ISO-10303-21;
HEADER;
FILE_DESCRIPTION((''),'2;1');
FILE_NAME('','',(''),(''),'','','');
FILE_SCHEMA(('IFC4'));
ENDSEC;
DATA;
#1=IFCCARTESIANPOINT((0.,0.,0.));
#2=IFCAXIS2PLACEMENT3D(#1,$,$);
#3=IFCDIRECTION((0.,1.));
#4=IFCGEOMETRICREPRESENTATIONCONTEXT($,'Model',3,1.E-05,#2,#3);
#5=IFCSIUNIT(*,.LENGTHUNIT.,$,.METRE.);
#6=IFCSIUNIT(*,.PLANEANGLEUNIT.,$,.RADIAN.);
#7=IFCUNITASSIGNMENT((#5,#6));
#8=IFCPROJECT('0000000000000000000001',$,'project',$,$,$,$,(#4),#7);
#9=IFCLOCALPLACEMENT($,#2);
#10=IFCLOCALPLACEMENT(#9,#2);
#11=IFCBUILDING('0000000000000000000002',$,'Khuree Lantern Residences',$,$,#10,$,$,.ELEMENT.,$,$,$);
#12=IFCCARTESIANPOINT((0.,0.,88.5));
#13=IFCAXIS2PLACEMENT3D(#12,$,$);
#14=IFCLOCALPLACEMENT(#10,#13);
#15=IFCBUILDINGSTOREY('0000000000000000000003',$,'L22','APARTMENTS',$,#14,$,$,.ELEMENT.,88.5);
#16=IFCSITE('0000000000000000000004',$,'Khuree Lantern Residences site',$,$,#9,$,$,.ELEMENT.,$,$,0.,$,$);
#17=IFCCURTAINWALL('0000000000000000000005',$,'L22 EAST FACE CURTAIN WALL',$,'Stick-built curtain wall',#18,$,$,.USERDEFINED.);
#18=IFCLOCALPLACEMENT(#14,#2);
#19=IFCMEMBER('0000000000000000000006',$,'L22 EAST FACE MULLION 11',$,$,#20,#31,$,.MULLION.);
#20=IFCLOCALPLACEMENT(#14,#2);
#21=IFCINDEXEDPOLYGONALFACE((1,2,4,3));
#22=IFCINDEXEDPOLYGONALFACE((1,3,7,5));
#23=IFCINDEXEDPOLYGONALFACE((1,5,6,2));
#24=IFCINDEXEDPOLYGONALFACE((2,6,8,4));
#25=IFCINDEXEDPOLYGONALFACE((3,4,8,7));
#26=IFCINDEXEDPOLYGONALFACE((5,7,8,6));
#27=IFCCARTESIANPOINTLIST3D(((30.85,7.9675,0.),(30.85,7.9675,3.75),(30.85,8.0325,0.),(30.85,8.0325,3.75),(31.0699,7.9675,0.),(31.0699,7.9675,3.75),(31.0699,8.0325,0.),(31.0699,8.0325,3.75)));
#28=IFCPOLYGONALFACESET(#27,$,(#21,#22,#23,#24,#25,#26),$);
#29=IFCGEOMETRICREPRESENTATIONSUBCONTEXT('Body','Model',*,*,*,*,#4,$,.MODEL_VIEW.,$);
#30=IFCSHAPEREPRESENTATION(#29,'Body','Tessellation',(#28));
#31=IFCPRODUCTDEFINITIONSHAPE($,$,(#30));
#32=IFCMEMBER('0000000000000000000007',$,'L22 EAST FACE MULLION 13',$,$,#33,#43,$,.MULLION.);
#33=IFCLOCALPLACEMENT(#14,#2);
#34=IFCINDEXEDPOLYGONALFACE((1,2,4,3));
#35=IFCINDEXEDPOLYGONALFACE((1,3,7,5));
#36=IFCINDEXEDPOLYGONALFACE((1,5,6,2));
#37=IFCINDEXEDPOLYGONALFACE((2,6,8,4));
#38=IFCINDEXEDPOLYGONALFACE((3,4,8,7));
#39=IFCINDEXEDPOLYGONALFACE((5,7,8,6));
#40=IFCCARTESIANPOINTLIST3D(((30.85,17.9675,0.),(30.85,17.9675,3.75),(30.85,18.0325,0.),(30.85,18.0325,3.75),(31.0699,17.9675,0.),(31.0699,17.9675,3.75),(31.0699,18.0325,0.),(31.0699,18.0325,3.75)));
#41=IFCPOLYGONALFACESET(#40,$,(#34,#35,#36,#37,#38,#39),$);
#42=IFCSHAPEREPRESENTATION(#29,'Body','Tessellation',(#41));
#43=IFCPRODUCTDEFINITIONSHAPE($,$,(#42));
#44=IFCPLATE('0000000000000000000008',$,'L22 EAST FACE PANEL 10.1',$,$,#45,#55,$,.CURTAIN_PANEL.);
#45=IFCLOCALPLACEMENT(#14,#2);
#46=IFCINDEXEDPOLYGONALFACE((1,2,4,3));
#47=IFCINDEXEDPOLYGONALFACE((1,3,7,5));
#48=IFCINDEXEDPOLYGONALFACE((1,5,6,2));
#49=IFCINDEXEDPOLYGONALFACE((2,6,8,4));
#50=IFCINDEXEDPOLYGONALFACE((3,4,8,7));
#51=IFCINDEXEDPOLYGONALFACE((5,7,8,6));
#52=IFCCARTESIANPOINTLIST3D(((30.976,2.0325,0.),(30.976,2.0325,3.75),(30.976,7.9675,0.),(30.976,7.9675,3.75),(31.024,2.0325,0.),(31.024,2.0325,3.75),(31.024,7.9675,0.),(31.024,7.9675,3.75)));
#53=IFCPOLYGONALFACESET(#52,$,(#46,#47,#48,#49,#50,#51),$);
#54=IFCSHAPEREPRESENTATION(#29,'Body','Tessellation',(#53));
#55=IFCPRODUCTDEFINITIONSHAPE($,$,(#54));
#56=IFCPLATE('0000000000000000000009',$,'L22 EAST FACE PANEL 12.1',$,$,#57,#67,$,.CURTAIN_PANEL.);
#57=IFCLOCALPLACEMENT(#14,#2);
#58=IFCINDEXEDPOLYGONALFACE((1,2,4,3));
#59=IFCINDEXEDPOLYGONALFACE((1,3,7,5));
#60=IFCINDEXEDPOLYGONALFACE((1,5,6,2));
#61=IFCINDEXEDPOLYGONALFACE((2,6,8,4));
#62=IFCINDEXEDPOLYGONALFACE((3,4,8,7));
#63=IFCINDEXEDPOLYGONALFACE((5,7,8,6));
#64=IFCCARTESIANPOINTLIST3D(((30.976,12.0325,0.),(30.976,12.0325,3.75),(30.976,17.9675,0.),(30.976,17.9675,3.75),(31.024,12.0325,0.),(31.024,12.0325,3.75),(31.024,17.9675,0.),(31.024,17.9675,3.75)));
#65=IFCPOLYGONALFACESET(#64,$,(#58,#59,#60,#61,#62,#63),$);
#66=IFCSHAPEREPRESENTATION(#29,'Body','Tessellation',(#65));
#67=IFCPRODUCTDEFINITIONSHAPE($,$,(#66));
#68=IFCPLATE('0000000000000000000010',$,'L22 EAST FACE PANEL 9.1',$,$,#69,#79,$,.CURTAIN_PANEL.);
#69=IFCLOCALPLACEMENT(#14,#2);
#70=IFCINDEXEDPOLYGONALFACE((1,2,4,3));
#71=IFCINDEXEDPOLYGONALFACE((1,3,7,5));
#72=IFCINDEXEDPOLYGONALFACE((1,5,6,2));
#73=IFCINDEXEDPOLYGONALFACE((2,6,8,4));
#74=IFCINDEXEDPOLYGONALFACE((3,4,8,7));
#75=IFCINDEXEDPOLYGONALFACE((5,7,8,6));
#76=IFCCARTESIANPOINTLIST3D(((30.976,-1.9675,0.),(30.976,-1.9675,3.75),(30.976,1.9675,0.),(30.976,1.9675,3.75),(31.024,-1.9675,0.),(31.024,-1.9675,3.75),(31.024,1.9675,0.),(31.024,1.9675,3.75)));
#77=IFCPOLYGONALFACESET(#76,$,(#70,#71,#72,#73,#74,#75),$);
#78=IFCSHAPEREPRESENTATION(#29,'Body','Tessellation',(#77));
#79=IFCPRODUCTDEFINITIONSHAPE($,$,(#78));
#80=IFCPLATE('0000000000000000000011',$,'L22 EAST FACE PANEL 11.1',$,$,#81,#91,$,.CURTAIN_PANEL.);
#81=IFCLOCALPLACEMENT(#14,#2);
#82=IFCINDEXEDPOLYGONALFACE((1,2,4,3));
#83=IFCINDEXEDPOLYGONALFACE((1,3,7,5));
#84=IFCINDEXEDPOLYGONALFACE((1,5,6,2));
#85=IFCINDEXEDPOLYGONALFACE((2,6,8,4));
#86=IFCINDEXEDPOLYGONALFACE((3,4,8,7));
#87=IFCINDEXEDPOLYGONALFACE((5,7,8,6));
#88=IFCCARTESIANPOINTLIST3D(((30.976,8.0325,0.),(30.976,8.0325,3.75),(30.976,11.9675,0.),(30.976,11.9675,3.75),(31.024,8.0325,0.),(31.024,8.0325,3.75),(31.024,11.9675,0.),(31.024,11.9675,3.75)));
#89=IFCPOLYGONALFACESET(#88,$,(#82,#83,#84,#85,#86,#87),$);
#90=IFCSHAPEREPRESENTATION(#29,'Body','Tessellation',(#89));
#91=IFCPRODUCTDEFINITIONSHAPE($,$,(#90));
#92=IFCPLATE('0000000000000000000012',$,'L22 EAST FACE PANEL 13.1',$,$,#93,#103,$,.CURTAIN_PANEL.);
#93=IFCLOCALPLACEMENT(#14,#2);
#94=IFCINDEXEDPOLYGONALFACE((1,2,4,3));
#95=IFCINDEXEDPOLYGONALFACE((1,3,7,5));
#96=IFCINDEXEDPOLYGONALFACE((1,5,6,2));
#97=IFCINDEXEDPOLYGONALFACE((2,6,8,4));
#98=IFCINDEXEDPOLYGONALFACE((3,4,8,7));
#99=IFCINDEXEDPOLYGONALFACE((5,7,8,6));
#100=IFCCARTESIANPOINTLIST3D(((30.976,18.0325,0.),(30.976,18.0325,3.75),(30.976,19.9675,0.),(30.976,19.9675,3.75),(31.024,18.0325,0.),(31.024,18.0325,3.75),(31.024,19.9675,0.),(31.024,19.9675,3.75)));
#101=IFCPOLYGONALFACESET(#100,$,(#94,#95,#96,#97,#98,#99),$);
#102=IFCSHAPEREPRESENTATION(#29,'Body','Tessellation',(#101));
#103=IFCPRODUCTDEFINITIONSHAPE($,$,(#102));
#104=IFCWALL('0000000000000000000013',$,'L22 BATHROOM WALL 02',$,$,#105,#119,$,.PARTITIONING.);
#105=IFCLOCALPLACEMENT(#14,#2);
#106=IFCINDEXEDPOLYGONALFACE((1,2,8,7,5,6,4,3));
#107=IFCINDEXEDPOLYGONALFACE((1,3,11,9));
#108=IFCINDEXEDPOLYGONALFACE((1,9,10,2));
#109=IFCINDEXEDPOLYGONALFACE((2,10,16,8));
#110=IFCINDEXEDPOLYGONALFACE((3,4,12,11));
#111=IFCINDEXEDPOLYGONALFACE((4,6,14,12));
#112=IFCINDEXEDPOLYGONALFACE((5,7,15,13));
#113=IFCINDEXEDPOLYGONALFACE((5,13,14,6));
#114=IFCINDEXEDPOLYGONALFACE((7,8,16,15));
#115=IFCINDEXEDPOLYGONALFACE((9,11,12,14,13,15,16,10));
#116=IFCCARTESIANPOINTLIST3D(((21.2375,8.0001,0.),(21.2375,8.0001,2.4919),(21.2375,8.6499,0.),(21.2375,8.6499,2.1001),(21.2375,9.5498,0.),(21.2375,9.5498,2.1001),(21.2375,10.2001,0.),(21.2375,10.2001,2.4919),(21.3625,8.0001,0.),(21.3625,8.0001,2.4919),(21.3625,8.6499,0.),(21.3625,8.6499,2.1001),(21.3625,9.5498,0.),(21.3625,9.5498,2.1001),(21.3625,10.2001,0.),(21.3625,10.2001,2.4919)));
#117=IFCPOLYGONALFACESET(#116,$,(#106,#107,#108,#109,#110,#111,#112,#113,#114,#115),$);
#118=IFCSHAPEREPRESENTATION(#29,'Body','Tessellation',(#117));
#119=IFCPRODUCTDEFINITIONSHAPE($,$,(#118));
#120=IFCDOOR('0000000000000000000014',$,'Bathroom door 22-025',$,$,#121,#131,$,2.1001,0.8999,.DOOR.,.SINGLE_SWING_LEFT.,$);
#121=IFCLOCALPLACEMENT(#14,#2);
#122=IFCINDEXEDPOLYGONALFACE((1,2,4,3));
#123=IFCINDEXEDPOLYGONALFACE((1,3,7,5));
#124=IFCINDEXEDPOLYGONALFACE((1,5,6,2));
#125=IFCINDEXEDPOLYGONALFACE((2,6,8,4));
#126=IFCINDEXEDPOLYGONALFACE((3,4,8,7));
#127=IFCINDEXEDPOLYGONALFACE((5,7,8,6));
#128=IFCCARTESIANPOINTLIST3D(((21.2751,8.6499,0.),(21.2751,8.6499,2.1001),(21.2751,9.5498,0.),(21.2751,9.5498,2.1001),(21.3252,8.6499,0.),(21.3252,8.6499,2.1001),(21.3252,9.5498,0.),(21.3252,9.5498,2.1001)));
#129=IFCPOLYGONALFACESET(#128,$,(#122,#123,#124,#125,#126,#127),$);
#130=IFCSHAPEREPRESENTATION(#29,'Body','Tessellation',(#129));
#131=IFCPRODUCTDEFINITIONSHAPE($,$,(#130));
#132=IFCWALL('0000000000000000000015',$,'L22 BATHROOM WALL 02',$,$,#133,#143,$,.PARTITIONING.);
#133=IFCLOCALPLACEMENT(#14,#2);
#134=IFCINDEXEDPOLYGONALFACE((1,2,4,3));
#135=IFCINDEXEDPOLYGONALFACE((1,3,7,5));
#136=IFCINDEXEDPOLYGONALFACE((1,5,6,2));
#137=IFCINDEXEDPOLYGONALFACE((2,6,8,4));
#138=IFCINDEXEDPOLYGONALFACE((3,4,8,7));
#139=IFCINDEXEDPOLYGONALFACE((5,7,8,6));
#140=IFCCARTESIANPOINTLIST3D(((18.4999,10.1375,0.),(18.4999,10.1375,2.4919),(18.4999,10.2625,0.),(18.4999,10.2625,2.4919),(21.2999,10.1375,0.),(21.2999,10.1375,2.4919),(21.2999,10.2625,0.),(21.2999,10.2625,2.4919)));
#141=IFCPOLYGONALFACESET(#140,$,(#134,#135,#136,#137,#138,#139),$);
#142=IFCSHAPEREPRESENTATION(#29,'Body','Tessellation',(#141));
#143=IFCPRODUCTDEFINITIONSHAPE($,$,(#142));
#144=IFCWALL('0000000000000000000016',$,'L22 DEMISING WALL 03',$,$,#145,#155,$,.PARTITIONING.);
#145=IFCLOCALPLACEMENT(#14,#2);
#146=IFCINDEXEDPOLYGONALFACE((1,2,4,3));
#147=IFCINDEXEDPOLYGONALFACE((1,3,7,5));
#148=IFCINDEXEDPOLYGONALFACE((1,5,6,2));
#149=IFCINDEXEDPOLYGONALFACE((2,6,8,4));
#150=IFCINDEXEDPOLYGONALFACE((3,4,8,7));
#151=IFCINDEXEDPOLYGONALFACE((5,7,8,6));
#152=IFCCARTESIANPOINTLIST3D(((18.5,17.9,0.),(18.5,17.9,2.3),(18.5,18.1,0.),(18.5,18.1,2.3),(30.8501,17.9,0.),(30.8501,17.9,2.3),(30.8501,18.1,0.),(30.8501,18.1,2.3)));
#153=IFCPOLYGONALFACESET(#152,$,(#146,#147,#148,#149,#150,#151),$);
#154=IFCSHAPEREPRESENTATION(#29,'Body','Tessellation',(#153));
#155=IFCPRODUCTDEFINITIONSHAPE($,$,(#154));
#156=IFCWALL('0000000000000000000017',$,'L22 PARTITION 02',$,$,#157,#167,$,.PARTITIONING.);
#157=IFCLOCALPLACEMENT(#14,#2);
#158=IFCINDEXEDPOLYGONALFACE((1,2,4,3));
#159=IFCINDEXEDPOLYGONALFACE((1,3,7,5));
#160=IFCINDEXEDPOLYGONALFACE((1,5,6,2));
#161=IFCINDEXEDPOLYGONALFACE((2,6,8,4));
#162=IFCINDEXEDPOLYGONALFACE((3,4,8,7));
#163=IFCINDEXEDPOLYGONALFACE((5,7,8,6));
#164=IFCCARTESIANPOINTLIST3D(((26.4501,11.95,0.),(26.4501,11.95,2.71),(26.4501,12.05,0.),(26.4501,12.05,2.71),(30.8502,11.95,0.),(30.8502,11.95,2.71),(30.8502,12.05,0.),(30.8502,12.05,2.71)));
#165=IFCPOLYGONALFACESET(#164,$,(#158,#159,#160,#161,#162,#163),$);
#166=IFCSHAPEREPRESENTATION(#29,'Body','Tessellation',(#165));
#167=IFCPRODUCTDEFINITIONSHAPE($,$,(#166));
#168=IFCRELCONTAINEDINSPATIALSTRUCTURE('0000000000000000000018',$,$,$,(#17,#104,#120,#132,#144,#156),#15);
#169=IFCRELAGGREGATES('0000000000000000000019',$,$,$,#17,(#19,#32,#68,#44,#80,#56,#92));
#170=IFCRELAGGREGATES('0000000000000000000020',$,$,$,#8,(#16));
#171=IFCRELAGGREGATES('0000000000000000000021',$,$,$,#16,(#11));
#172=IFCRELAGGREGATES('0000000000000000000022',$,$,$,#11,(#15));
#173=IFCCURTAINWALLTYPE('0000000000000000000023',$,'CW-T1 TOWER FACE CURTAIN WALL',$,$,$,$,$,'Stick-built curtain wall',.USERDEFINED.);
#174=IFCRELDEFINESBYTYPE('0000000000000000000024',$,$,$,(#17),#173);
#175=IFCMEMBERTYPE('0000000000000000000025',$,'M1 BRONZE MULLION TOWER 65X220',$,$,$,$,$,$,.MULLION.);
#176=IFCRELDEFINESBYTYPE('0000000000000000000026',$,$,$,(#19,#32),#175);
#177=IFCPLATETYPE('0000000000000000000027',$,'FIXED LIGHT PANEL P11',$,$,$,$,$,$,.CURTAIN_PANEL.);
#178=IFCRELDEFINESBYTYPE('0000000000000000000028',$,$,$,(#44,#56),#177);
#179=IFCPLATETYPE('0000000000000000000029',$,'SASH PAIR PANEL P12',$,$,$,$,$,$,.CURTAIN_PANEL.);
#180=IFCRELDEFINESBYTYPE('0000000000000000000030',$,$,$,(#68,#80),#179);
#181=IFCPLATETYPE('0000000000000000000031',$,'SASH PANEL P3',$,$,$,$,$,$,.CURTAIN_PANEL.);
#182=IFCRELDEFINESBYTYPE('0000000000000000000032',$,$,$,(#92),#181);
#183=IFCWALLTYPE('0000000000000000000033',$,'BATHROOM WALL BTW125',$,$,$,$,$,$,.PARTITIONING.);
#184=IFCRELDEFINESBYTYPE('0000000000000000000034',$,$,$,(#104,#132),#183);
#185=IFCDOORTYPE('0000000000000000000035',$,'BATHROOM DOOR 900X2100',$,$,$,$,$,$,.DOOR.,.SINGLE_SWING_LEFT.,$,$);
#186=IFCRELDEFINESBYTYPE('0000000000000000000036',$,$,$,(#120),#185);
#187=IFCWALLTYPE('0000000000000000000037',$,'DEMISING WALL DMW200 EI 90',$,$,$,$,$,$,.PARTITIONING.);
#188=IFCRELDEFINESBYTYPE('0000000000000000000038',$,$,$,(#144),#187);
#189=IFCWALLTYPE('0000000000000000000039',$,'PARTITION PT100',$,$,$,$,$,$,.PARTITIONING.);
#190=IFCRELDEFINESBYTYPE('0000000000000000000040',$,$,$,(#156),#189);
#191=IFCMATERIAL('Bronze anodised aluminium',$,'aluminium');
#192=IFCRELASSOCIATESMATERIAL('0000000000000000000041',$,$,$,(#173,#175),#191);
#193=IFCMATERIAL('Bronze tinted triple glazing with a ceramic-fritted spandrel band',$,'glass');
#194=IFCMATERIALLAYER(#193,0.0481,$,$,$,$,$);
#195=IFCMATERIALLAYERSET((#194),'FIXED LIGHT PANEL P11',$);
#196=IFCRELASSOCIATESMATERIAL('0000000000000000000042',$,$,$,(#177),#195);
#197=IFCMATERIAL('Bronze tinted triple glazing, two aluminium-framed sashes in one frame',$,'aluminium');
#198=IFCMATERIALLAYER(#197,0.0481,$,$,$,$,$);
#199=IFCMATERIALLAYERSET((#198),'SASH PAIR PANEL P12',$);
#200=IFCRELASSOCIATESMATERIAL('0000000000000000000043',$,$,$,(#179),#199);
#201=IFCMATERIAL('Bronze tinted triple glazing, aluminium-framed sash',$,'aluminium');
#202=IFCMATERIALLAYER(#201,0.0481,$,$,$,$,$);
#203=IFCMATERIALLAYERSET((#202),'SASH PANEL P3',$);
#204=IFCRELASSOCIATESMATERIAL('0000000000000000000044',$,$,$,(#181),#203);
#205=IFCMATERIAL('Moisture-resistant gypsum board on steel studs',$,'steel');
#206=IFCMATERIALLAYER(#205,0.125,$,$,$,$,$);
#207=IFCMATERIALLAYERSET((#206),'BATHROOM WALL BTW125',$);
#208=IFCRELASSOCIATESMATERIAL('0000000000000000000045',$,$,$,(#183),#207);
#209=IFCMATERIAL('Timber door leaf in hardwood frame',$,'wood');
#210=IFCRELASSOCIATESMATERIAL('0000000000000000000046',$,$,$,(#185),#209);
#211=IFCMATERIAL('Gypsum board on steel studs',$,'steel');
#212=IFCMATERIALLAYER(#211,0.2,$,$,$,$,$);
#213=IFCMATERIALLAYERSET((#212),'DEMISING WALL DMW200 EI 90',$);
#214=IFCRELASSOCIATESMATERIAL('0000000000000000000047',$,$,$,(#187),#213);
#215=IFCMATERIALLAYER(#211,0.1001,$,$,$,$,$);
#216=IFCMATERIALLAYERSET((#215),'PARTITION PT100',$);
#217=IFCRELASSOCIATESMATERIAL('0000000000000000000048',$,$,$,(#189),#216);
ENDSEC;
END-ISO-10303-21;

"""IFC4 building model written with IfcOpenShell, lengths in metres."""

from ifc_helpers import new_model, si_unit, direction, frame, frame_2d, origin, origin_2d, place, context, subcontext, project, spatial, rectangle, extrude, material, layer, layer_set, material_profile, profile_set, type_object, element, fill, aggregate, save


model = new_model("IFC4")

# Units and contexts
model_context = context("Model", 3, precision=1e-05, world=origin(), true_north=direction((0.0, 1.0)))
body_context = subcontext(model_context, "Body", "Model", "MODEL_VIEW")
ifc_project = project(units=[si_unit("LENGTHUNIT", "METRE"), si_unit("PLANEANGLEUNIT", "RADIAN")], contexts=[model_context])

# Site, building, storey
site_placement = place(None, origin())
site = spatial("IfcSite", under=ifc_project, at=site_placement, Name="Khuree Lantern Residences site", CompositionType="ELEMENT", RefElevation=0.0)
building_placement = place(site_placement, origin())
building = spatial("IfcBuilding", under=site, at=building_placement, Name="Khuree Lantern Residences", CompositionType="ELEMENT")
storey_placement = place(building_placement, frame((0.0, 0.0, 88.5)))
storey = spatial("IfcBuildingStorey", under=building, at=storey_placement, Name="L22", Description="APARTMENTS", CompositionType="ELEMENT", Elevation=88.5)

# Curtain wall
ifc_material_1 = material(Name="Bronze anodised aluminium", Category="aluminium")
curtain_wall_type = type_object("IfcCurtainWallType", Name="CW-T1 TOWER FACE CURTAIN WALL", ElementType="Stick-built curtain wall", PredefinedType="USERDEFINED", material=ifc_material_1)
curtain_wall_placement = place(storey_placement, origin())
curtain_wall = element("IfcCurtainWall", 1, at=curtain_wall_placement, inside=storey, type_object=curtain_wall_type, Name="L22 EAST FACE CURTAIN WALL", ObjectType="Stick-built curtain wall", PredefinedType="USERDEFINED")

# Members
ifc_material_profile_1 = material_profile(ifc_material_1, rectangle(XDim=0.0649, YDim=0.22, at=origin_2d()), Name="M1 65X220")
ifc_profile_set_1 = profile_set([ifc_material_profile_1], Name="Bronze anodised aluminium")
member_type_1 = type_object("IfcMemberType", Name="M1 BRONZE MULLION TOWER 65X220", PredefinedType="MULLION", material=ifc_profile_set_1)
member_1_placement = place(storey_placement, frame((30.96, 8.0, 0.0), z_axis=(0.0, 0.0, 1.0), x_axis=(0.0, 1.0, 0.0)))
member_1 = element("IfcMember", 2, at=member_1_placement, type_object=member_type_1, Name="L22 EAST FACE MULLION 11", PredefinedType="MULLION", context=body_context, shape_type="SweptSolid", body=[
    extrude(rectangle(XDim=0.0649, YDim=0.22, at=origin_2d()), origin(), (0.0, 0.0, 1.0), 3.75),
])
member_2_placement = place(storey_placement, frame((30.96, 18.0, 0.0), z_axis=(0.0, 0.0, 1.0), x_axis=(0.0, 1.0, 0.0)))
member_2 = element("IfcMember", 3, at=member_2_placement, type_object=member_type_1, Name="L22 EAST FACE MULLION 13", PredefinedType="MULLION", context=body_context, shape_type="SweptSolid", body=[
    extrude(rectangle(XDim=0.0649, YDim=0.22, at=origin_2d()), origin(), (0.0, 0.0, 1.0), 3.75),
])

# Plates
ifc_material_2 = material(Name="Bronze tinted triple glazing with a ceramic-fritted spandrel band", Category="glass")
ifc_layer_1 = layer(ifc_material_2, 0.0481)
ifc_layer_set_1 = layer_set([ifc_layer_1], Name="FIXED LIGHT PANEL P11")
plate_type_1 = type_object("IfcPlateType", Name="FIXED LIGHT PANEL P11", PredefinedType="CURTAIN_PANEL", material=ifc_layer_set_1)
plate_1_placement = place(storey_placement, frame((31.0, 5.0, 0.0), z_axis=(0.0, 0.0, 1.0), x_axis=(0.0, 1.0, 0.0)))
plate_1 = element("IfcPlate", 4, at=plate_1_placement, type_object=plate_type_1, Name="L22 EAST FACE PANEL 10.1", PredefinedType="CURTAIN_PANEL", context=body_context, shape_type="SweptSolid", body=[
    extrude(rectangle(XDim=5.9351, YDim=0.0481, at=origin_2d()), origin(), (0.0, 0.0, 1.0), 3.75),
])
plate_2_placement = place(storey_placement, frame((31.0, 15.0, 0.0), z_axis=(0.0, 0.0, 1.0), x_axis=(0.0, 1.0, 0.0)))
plate_2 = element("IfcPlate", 5, at=plate_2_placement, type_object=plate_type_1, Name="L22 EAST FACE PANEL 12.1", PredefinedType="CURTAIN_PANEL", context=body_context, shape_type="SweptSolid", body=[
    extrude(rectangle(XDim=5.9351, YDim=0.0481, at=origin_2d()), origin(), (0.0, 0.0, 1.0), 3.75),
])
ifc_material_3 = material(Name="Bronze tinted triple glazing, two aluminium-framed sashes in one frame", Category="aluminium")
ifc_layer_2 = layer(ifc_material_3, 0.0481)
ifc_layer_set_2 = layer_set([ifc_layer_2], Name="SASH PAIR PANEL P12")
plate_type_2 = type_object("IfcPlateType", Name="SASH PAIR PANEL P12", PredefinedType="CURTAIN_PANEL", material=ifc_layer_set_2)
plate_3_placement = place(storey_placement, frame((31.0, 0.0, 0.0), z_axis=(0.0, 0.0, 1.0), x_axis=(0.0, 1.0, 0.0)))
plate_3 = element("IfcPlate", 6, at=plate_3_placement, type_object=plate_type_2, Name="L22 EAST FACE PANEL 9.1", PredefinedType="CURTAIN_PANEL", context=body_context, shape_type="SweptSolid", body=[
    extrude(rectangle(XDim=3.9351, YDim=0.0481, at=origin_2d()), origin(), (0.0, 0.0, 1.0), 3.75),
])
plate_4_placement = place(storey_placement, frame((31.0, 10.0, 0.0), z_axis=(0.0, 0.0, 1.0), x_axis=(0.0, 1.0, 0.0)))
plate_4 = element("IfcPlate", 7, at=plate_4_placement, type_object=plate_type_2, Name="L22 EAST FACE PANEL 11.1", PredefinedType="CURTAIN_PANEL", context=body_context, shape_type="SweptSolid", body=[
    extrude(rectangle(XDim=3.9351, YDim=0.0481, at=origin_2d()), origin(), (0.0, 0.0, 1.0), 3.75),
])
ifc_material_4 = material(Name="Bronze tinted triple glazing, aluminium-framed sash", Category="aluminium")
ifc_layer_3 = layer(ifc_material_4, 0.0481)
ifc_layer_set_3 = layer_set([ifc_layer_3], Name="SASH PANEL P3")
plate_type_3 = type_object("IfcPlateType", Name="SASH PANEL P3", PredefinedType="CURTAIN_PANEL", material=ifc_layer_set_3)
plate_5_placement = place(storey_placement, frame((31.0, 19.0, 0.0), z_axis=(0.0, 0.0, 1.0), x_axis=(0.0, 1.0, 0.0)))
plate_5 = element("IfcPlate", 8, at=plate_5_placement, type_object=plate_type_3, Name="L22 EAST FACE PANEL 13.1", PredefinedType="CURTAIN_PANEL", context=body_context, shape_type="SweptSolid", body=[
    extrude(rectangle(XDim=1.9351, YDim=0.0481, at=origin_2d()), origin(), (0.0, 0.0, 1.0), 3.75),
])
aggregate(curtain_wall, [member_1, member_2, plate_3, plate_1, plate_4, plate_2, plate_5])

# Wall, opening, door
ifc_material_5 = material(Name="Moisture-resistant gypsum board on steel studs", Category="steel")
ifc_layer_4 = layer(ifc_material_5, 0.125)
ifc_layer_set_4 = layer_set([ifc_layer_4], Name="BATHROOM WALL BTW125")
wall_type_1 = type_object("IfcWallType", Name="BATHROOM WALL BTW125", PredefinedType="PARTITIONING", material=ifc_layer_set_4)
wall_1_placement = place(storey_placement, frame((21.3, 8.0, 0.0), z_axis=(0.0, 0.0, 1.0), x_axis=(0.0, 1.0, 0.0)))
wall_1 = element("IfcWall", 9, at=wall_1_placement, inside=storey, type_object=wall_type_1, Name="L22 BATHROOM WALL 02", PredefinedType="PARTITIONING", context=body_context, shape_type="SweptSolid", body=[
    extrude(rectangle(XDim=2.2, YDim=0.125, at=frame_2d((1.1001, 0.0))), origin(), (0.0, 0.0, 1.0), 2.4919),
])
opening_1_placement = place(wall_1_placement, frame((0.6499, 0.0, 0.0)))
opening_1 = element("IfcOpeningElement", 10, at=opening_1_placement, cuts=wall_1, PredefinedType="OPENING", context=body_context, shape_type="SweptSolid", body=[
    extrude(rectangle(XDim=0.8999, YDim=2.1001, at=frame_2d((0.45, 1.05))), frame((0.0, 0.0725, 0.0), z_axis=(0.0, -1.0, 0.0), x_axis=(1.0, 0.0, 0.0)), (0.0, 0.0, 1.0), 0.145),
])
ifc_material_6 = material(Name="Timber door leaf in hardwood frame", Category="wood")
door_type_1 = type_object("IfcDoorType", Name="BATHROOM DOOR 900X2100", OperationType="SINGLE_SWING_LEFT", PredefinedType="DOOR", material=ifc_material_6)
door_1_placement = place(opening_1_placement, origin())
door_1 = element("IfcDoor", 11, at=door_1_placement, inside=storey, type_object=door_type_1, Name="Bathroom door 22-025", OperationType="SINGLE_SWING_LEFT", OverallHeight=2.1001, OverallWidth=0.8999, PredefinedType="DOOR", context=body_context, shape_type="SweptSolid", body=[
    extrude(rectangle(XDim=0.8999, YDim=2.1001, at=frame_2d((0.45, 1.05))), frame((0.0, 0.0249, 0.0), z_axis=(0.0, -1.0, 0.0), x_axis=(1.0, 0.0, 0.0)), (0.0, 0.0, 1.0), 0.05),
])
fill(opening_1, door_1)

# Walls
wall_2_placement = place(storey_placement, frame((18.5, 10.2, 0.0), z_axis=(0.0, 0.0, 1.0), x_axis=(1.0, 0.0, 0.0)))
element("IfcWall", 12, at=wall_2_placement, inside=storey, type_object=wall_type_1, Name="L22 BATHROOM WALL 02", PredefinedType="PARTITIONING", context=body_context, shape_type="SweptSolid", body=[
    extrude(rectangle(XDim=2.8, YDim=0.125, at=frame_2d((1.3999, 0.0))), origin(), (0.0, 0.0, 1.0), 2.4919),
])
ifc_material_7 = material(Name="Gypsum board on steel studs", Category="steel")
ifc_layer_5 = layer(ifc_material_7, 0.2)
ifc_layer_set_5 = layer_set([ifc_layer_5], Name="DEMISING WALL DMW200 EI 90")
wall_type_2 = type_object("IfcWallType", Name="DEMISING WALL DMW200 EI 90", PredefinedType="PARTITIONING", material=ifc_layer_set_5)
wall_3_placement = place(storey_placement, frame((18.5, 18.0, 0.0), z_axis=(0.0, 0.0, 1.0), x_axis=(1.0, 0.0, 0.0)))
element("IfcWall", 13, at=wall_3_placement, inside=storey, type_object=wall_type_2, Name="L22 DEMISING WALL 03", PredefinedType="PARTITIONING", context=body_context, shape_type="SweptSolid", body=[
    extrude(rectangle(XDim=12.3501, YDim=0.2, at=frame_2d((6.175, 0.0))), origin(), (0.0, 0.0, 1.0), 2.3),
])
ifc_layer_6 = layer(ifc_material_7, 0.1001)
ifc_layer_set_6 = layer_set([ifc_layer_6], Name="PARTITION PT100")
wall_type_3 = type_object("IfcWallType", Name="PARTITION PT100", PredefinedType="PARTITIONING", material=ifc_layer_set_6)
wall_4_placement = place(storey_placement, frame((26.45, 12.0, 0.0), z_axis=(0.0, 0.0, 1.0), x_axis=(1.0, 0.0, 0.0)))
element("IfcWall", 14, at=wall_4_placement, inside=storey, type_object=wall_type_3, Name="L22 PARTITION 02", PredefinedType="PARTITIONING", context=body_context, shape_type="SweptSolid", body=[
    extrude(rectangle(XDim=4.4001, YDim=0.1001, at=frame_2d((2.2002, 0.0))), origin(), (0.0, 0.0, 1.0), 2.71),
])

save(model, "model.ifc")
